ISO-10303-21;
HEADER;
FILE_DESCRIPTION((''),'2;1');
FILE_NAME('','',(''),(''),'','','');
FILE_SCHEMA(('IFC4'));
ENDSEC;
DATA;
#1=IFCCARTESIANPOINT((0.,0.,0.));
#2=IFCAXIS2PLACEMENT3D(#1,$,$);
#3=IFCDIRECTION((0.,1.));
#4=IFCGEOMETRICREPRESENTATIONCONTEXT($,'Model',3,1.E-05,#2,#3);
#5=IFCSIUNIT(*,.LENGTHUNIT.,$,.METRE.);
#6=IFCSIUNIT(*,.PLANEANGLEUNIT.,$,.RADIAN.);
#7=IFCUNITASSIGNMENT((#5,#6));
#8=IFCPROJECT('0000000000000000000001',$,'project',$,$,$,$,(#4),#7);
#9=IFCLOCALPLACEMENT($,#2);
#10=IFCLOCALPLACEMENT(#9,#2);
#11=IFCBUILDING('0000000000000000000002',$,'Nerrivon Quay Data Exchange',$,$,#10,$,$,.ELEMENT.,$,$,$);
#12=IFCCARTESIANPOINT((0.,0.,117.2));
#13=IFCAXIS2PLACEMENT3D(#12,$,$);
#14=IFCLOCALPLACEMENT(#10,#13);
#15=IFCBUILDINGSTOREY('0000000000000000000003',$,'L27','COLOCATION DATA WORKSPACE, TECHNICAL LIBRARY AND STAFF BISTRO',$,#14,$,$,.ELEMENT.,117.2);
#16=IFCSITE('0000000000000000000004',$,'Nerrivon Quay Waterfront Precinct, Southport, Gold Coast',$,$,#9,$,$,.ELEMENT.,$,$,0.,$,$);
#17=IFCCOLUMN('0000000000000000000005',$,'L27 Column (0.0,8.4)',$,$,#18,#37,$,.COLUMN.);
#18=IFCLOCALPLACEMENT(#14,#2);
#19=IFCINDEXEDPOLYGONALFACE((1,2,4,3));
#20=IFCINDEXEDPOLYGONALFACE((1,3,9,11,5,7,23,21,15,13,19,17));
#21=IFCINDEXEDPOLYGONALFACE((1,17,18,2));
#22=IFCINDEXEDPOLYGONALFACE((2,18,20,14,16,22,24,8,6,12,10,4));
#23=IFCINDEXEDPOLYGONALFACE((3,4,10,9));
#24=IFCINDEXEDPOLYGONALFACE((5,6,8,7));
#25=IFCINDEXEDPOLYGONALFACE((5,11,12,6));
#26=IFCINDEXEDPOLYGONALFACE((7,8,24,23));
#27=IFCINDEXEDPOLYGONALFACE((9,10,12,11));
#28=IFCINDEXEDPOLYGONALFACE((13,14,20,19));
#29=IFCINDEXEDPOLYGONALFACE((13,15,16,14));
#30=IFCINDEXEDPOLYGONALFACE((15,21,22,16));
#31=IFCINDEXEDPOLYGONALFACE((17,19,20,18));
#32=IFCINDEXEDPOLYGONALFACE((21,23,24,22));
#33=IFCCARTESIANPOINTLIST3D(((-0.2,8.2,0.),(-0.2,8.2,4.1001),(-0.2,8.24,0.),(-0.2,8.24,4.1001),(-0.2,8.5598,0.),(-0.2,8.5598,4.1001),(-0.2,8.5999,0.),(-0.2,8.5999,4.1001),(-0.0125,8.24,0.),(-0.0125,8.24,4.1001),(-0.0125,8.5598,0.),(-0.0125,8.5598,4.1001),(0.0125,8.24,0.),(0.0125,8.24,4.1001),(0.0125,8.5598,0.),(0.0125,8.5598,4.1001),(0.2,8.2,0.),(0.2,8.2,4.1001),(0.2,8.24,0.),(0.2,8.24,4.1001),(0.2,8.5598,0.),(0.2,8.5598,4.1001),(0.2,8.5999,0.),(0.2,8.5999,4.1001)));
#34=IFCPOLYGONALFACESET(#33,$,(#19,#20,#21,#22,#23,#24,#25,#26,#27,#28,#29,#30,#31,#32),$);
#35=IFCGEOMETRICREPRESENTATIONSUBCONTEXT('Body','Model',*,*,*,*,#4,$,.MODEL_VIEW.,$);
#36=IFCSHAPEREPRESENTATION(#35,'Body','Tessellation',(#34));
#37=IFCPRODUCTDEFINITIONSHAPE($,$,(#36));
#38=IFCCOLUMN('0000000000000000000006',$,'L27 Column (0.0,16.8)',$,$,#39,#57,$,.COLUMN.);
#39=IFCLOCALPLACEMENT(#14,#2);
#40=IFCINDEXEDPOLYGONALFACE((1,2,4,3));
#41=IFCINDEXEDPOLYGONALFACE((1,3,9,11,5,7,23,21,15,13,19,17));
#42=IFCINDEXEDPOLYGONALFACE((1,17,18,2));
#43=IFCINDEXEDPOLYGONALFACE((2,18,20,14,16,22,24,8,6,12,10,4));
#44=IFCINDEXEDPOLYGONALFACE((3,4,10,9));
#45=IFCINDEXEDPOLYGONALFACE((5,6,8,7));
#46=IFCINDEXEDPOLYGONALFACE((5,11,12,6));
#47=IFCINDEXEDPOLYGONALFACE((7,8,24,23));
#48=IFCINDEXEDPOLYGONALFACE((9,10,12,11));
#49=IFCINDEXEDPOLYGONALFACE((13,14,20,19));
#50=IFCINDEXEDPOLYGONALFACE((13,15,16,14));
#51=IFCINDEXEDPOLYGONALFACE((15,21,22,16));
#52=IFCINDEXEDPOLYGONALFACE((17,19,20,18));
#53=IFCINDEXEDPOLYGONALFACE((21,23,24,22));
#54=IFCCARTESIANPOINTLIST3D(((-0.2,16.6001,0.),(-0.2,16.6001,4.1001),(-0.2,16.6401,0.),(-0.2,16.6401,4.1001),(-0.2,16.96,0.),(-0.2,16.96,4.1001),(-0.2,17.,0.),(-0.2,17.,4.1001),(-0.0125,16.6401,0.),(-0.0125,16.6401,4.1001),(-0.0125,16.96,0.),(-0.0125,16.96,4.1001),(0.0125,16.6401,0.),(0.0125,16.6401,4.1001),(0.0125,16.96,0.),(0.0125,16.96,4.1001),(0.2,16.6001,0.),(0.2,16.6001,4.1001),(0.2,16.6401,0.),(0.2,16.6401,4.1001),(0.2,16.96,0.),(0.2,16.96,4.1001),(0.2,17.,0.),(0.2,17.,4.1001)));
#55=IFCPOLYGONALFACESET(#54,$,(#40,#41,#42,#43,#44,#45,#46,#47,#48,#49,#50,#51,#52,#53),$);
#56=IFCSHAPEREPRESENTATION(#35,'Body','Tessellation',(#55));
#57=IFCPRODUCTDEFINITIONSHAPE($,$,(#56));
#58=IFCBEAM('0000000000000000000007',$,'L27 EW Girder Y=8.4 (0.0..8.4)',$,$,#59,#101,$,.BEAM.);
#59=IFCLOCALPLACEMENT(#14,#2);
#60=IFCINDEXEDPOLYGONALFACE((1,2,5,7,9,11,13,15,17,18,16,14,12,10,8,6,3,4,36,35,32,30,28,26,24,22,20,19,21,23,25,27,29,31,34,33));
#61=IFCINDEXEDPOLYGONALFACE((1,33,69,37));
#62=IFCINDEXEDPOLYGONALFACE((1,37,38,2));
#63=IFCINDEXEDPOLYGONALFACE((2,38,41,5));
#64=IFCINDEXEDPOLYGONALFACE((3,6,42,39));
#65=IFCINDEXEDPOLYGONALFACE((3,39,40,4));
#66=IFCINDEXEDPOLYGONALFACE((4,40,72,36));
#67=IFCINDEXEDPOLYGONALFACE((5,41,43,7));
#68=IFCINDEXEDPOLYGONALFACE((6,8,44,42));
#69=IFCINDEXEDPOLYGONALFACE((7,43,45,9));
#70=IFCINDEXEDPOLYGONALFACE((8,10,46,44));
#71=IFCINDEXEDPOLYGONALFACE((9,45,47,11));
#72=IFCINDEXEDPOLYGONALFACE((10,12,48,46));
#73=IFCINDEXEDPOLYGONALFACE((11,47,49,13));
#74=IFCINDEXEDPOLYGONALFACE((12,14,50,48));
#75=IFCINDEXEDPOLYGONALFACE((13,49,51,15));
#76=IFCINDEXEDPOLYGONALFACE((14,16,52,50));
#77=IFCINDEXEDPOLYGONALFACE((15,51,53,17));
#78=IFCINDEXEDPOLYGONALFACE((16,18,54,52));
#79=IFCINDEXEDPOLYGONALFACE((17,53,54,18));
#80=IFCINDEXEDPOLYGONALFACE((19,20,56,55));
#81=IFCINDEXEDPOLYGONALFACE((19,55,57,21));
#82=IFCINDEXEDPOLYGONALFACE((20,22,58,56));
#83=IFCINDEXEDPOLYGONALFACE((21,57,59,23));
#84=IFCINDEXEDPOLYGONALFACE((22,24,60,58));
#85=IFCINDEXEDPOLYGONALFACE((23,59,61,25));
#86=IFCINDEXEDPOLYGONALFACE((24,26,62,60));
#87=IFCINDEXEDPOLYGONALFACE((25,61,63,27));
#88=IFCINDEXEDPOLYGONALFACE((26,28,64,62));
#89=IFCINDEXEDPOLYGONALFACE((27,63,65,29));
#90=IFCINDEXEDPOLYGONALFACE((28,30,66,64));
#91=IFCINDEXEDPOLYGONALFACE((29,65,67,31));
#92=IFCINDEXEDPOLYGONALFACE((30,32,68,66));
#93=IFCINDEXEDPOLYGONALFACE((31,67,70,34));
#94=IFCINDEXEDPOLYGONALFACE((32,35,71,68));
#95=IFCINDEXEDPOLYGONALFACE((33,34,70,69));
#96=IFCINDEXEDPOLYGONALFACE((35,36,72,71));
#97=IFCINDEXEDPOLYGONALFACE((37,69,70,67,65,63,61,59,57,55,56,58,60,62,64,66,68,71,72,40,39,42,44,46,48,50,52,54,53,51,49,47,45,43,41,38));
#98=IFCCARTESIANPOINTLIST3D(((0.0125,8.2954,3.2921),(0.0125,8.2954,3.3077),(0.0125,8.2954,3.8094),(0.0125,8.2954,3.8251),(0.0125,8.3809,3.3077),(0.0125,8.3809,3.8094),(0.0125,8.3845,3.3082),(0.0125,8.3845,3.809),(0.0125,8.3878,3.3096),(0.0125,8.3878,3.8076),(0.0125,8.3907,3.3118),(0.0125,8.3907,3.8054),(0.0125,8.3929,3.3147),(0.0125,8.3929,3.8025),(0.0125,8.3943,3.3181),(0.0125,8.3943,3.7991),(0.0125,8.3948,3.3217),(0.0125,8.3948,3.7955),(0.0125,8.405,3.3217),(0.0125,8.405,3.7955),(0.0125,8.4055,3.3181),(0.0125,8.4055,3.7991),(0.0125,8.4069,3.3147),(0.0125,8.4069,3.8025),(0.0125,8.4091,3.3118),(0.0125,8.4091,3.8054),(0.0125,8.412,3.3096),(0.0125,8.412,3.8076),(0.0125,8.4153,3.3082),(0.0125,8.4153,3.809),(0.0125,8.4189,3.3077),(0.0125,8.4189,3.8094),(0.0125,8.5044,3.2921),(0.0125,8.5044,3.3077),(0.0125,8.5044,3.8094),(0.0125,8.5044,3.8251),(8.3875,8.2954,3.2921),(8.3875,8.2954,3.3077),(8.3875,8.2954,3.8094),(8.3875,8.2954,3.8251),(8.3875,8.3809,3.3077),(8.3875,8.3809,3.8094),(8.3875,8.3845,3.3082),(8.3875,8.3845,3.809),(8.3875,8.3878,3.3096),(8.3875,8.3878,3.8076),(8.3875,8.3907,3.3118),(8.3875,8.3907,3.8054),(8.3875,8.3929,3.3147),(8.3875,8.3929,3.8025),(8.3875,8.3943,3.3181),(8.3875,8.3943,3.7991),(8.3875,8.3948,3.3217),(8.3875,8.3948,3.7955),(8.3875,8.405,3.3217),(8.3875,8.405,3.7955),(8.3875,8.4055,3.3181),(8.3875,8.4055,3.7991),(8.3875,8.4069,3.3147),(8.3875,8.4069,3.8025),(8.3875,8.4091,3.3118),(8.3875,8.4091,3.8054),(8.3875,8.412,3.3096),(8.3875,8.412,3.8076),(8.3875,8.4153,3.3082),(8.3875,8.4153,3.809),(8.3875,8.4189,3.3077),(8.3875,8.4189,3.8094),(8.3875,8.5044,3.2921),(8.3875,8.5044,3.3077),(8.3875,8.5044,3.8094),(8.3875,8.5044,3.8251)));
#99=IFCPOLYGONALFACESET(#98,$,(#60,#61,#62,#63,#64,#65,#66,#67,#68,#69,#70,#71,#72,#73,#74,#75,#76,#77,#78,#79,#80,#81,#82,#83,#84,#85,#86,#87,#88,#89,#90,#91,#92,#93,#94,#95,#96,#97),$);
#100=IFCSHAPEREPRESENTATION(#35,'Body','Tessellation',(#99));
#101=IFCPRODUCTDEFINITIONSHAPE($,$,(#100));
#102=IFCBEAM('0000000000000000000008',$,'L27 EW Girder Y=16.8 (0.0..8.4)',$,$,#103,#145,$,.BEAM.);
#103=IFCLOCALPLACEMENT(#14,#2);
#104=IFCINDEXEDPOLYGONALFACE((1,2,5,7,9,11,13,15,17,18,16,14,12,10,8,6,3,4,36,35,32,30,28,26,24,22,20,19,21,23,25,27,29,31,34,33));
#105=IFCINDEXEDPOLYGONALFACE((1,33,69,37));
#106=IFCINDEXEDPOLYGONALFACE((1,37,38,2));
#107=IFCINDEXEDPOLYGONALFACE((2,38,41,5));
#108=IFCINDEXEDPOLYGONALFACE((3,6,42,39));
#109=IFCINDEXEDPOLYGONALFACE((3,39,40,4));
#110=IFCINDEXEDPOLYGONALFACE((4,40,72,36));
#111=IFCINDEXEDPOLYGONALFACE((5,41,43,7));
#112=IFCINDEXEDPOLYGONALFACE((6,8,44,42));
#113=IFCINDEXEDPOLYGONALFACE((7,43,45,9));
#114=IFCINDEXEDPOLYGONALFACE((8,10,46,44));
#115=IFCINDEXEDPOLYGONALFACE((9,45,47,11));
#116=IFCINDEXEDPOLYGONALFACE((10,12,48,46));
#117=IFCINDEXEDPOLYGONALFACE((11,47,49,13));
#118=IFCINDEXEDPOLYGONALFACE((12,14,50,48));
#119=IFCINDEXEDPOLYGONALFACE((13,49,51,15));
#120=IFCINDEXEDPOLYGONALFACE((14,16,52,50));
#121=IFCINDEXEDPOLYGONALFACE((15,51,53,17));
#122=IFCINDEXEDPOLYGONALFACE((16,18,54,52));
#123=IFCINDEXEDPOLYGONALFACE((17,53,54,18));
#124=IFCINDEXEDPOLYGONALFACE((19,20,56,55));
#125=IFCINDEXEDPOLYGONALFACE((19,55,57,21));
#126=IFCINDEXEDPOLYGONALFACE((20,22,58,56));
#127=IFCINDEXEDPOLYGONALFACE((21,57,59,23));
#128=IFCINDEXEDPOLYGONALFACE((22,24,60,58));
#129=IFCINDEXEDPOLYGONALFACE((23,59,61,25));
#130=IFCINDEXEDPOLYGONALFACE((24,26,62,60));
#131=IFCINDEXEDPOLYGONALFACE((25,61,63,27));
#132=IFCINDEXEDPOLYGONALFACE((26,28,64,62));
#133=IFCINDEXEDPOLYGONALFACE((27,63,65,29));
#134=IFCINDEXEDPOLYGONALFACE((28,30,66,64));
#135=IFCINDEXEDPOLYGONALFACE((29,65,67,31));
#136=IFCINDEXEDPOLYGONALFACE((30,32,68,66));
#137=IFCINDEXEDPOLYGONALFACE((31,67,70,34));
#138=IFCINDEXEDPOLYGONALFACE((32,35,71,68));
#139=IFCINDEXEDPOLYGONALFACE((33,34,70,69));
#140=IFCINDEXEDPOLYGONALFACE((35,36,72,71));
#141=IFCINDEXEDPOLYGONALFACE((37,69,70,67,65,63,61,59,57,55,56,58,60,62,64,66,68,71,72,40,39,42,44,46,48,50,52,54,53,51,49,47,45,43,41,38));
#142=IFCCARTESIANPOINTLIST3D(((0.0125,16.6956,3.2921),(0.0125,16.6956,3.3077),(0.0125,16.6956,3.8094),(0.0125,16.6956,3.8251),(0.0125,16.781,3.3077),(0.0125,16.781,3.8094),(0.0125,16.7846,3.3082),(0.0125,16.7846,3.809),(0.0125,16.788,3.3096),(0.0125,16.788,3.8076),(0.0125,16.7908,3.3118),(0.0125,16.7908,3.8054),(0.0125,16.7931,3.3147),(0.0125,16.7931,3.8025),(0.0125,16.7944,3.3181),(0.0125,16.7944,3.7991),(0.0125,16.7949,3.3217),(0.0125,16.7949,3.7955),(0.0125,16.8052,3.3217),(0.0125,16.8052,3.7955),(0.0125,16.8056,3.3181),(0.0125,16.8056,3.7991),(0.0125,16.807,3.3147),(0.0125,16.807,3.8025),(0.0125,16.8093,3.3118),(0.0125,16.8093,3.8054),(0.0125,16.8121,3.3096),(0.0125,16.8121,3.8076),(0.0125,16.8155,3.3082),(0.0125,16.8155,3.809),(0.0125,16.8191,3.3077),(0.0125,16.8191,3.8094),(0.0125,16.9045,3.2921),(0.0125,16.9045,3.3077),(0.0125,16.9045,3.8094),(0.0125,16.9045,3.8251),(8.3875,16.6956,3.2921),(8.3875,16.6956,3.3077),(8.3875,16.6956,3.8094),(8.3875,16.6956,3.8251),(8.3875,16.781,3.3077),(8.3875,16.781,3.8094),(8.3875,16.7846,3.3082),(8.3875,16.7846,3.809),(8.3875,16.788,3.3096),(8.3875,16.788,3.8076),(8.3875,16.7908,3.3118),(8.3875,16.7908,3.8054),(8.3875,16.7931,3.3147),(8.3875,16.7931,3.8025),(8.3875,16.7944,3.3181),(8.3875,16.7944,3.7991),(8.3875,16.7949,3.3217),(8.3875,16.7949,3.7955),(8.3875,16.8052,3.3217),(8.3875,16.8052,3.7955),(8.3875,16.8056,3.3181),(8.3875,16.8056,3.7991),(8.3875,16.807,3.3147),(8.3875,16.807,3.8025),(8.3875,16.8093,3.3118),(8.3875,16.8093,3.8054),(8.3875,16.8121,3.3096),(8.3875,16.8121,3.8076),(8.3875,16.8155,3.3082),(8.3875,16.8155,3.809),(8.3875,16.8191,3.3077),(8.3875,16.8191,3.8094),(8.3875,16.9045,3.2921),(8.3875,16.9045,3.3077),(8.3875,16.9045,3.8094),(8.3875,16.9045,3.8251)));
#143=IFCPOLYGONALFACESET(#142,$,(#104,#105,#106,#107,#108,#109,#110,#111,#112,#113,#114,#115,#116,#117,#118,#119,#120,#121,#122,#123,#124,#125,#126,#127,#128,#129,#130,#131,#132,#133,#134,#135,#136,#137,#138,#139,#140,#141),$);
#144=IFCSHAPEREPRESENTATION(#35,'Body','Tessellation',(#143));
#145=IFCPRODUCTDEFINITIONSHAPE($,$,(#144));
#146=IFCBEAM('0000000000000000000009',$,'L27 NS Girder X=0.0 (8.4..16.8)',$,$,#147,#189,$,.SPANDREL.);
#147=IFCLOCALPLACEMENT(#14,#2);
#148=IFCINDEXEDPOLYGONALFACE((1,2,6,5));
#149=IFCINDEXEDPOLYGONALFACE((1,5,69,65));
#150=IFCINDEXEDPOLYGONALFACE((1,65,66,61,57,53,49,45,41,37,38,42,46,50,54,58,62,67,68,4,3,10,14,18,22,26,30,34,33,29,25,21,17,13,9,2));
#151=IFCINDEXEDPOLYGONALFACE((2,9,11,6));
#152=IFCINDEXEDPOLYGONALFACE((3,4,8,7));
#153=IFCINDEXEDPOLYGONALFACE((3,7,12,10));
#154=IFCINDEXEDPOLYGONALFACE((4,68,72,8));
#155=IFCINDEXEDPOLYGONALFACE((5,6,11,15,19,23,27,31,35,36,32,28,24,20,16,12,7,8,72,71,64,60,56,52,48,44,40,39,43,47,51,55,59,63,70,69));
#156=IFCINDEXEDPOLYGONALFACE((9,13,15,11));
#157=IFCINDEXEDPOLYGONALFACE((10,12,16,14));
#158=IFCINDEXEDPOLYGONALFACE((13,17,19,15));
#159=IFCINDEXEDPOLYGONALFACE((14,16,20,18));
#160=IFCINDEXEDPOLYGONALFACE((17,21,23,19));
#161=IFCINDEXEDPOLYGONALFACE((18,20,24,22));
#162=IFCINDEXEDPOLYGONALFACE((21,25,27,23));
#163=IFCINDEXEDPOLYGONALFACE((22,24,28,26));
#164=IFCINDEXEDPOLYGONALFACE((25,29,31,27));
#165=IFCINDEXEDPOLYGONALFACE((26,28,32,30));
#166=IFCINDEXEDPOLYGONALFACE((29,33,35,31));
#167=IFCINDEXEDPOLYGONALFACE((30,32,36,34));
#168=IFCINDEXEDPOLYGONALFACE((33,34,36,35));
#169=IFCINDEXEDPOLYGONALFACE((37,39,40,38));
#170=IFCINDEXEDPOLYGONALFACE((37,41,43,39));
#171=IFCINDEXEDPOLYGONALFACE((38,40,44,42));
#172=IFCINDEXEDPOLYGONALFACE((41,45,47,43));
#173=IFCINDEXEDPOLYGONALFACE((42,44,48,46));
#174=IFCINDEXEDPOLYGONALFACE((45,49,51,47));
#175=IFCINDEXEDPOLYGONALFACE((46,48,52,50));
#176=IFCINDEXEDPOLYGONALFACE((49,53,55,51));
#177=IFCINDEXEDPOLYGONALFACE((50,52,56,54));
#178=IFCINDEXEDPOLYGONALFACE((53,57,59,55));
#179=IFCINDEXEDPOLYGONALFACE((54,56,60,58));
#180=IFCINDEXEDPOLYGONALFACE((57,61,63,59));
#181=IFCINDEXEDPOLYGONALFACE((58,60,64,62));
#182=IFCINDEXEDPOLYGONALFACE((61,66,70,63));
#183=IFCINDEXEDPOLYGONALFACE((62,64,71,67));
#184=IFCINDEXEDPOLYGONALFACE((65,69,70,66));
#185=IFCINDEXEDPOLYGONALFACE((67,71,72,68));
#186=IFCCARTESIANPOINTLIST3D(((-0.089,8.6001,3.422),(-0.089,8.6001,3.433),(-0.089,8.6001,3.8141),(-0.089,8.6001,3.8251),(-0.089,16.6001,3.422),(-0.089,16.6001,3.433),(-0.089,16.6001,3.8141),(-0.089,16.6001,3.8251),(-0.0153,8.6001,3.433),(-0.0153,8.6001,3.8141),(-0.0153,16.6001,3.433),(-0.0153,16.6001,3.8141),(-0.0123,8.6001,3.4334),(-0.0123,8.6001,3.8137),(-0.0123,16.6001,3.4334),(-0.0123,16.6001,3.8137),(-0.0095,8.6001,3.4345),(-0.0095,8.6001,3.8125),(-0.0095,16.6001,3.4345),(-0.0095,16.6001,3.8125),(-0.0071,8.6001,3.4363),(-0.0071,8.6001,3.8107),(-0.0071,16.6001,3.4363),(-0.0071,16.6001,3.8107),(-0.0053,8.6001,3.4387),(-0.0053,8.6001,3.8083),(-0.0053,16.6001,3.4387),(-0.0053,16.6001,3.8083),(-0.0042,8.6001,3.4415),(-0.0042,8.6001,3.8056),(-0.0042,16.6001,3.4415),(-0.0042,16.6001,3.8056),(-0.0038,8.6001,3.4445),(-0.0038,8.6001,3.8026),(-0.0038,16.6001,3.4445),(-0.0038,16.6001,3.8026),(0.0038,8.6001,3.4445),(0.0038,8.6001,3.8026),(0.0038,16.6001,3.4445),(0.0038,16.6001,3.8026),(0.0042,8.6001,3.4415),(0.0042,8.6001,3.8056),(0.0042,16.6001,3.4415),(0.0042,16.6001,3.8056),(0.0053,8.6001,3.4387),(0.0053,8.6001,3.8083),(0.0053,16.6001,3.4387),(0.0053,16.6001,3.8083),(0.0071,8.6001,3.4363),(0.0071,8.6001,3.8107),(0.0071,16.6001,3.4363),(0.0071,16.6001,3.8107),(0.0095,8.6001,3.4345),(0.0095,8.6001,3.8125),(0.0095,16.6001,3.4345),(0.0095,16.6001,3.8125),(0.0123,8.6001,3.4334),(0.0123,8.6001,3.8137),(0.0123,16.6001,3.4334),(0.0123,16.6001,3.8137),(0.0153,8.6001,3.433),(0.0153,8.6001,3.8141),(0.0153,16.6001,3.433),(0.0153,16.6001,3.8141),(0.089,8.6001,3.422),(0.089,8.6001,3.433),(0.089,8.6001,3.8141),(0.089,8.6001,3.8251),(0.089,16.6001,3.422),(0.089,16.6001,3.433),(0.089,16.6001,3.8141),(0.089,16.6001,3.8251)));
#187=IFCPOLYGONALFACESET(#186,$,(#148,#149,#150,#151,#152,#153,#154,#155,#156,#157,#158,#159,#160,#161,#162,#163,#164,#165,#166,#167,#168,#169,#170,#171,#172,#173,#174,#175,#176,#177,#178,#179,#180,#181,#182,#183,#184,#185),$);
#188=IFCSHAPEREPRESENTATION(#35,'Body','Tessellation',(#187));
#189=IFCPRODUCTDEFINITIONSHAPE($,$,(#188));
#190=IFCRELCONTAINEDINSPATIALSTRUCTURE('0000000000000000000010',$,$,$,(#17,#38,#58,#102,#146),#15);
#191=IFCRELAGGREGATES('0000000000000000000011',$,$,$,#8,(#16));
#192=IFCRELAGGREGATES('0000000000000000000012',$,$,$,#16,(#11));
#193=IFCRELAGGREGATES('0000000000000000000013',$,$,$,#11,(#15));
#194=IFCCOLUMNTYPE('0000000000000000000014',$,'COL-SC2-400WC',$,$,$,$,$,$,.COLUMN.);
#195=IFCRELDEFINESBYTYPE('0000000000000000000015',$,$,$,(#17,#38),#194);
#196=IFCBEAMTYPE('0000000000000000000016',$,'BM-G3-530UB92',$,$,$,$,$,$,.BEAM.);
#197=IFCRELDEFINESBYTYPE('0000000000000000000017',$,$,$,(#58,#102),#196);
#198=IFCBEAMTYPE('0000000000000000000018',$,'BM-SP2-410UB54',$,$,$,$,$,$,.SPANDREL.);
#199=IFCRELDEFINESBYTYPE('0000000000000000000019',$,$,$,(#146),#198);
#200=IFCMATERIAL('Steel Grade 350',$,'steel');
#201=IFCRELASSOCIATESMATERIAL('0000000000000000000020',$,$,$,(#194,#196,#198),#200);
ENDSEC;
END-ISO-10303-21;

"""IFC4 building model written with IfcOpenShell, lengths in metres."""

from ifc_helpers import new_model, si_unit, direction, frame, origin, origin_2d, place, context, subcontext, project, spatial, i_section, extrude, material, material_profile, profile_set, type_object, element, save


model = new_model("IFC4")

# Units and contexts
model_context = context("Model", 3, precision=1e-05, world=origin(), true_north=direction((0.0, 1.0)))
body_context = subcontext(model_context, "Body", "Model", "MODEL_VIEW")
ifc_project = project(units=[si_unit("LENGTHUNIT", "METRE"), si_unit("PLANEANGLEUNIT", "RADIAN")], contexts=[model_context])

# Site, building, storey
site_placement = place(None, origin())
site = spatial("IfcSite", under=ifc_project, at=site_placement, Name="Nerrivon Quay Waterfront Precinct, Southport, Gold Coast", CompositionType="ELEMENT", RefElevation=0.0)
building_placement = place(site_placement, origin())
building = spatial("IfcBuilding", under=site, at=building_placement, Name="Nerrivon Quay Data Exchange", CompositionType="ELEMENT")
storey_placement = place(building_placement, frame((0.0, 0.0, 117.2)))
storey = spatial("IfcBuildingStorey", under=building, at=storey_placement, Name="L27", Description="COLOCATION DATA WORKSPACE, TECHNICAL LIBRARY AND STAFF BISTRO", CompositionType="ELEMENT", Elevation=117.2)

# Columns
ifc_material_1 = material(Name="Steel Grade 350", Category="steel")
ifc_material_profile_1 = material_profile(ifc_material_1, i_section(OverallWidth=0.3999, OverallDepth=0.3999, WebThickness=0.0249, FlangeThickness=0.04, at=origin_2d()), Name="400WC328")
ifc_profile_set_1 = profile_set([ifc_material_profile_1], Name="Steel Grade 350")
column_type = type_object("IfcColumnType", Name="COL-SC2-400WC", PredefinedType="COLUMN", material=ifc_profile_set_1)
for number, where, z_axis, x_axis, name in (
    (1, (0.0, 8.3999, 0.0), (0.0, 0.0, 1.0), (1.0, 0.0, 0.0), "L27 Column (0.0,8.4)"),
    (2, (0.0, 16.8, 0.0), (0.0, 0.0, 1.0), (1.0, 0.0, 0.0), "L27 Column (0.0,16.8)"),
):
    element("IfcColumn", number, at=place(storey_placement, frame(where, z_axis=z_axis, x_axis=x_axis)), inside=storey, type_object=column_type, Name=name, PredefinedType="COLUMN", context=body_context, shape_type="SweptSolid", body=[
        extrude(i_section(OverallWidth=0.3999, OverallDepth=0.3999, WebThickness=0.0249, FlangeThickness=0.04, at=origin_2d()), origin(), (0.0, 0.0, 1.0), 4.1001),
    ])

# Beams
ifc_material_profile_2 = material_profile(ifc_material_1, i_section(OverallWidth=0.209, OverallDepth=0.533, WebThickness=0.0103, FlangeThickness=0.0156, FilletRadius=0.0139, at=origin_2d()), Name="530UB92.4")
ifc_profile_set_2 = profile_set([ifc_material_profile_2], Name="Steel Grade 350")
beam_type_1 = type_object("IfcBeamType", Name="BM-G3-530UB92", PredefinedType="BEAM", material=ifc_profile_set_2)
for number, where, z_axis, x_axis, name in (
    (3, (0.0125, 8.3999, 3.5586), (1.0, 0.0, 0.0), (0.0, 1.0, 0.0), "L27 EW Girder Y=8.4 (0.0..8.4)"),
    (4, (0.0125, 16.8, 3.5586), (1.0, 0.0, 0.0), (0.0, 1.0, 0.0), "L27 EW Girder Y=16.8 (0.0..8.4)"),
):
    element("IfcBeam", number, at=place(storey_placement, frame(where, z_axis=z_axis, x_axis=x_axis)), inside=storey, type_object=beam_type_1, Name=name, PredefinedType="BEAM", context=body_context, shape_type="SweptSolid", body=[
        extrude(i_section(OverallWidth=0.209, OverallDepth=0.533, WebThickness=0.0103, FlangeThickness=0.0156, FilletRadius=0.0139, at=origin_2d()), origin(), (0.0, 0.0, 1.0), 8.375),
    ])
ifc_material_profile_3 = material_profile(ifc_material_1, i_section(OverallWidth=0.178, OverallDepth=0.4031, WebThickness=0.0076, FlangeThickness=0.011, FilletRadius=0.0115, at=origin_2d()), Name="410UB53.7")
ifc_profile_set_3 = profile_set([ifc_material_profile_3], Name="Steel Grade 350")
beam_type_2 = type_object("IfcBeamType", Name="BM-SP2-410UB54", PredefinedType="SPANDREL", material=ifc_profile_set_3)
beam_placement = place(storey_placement, frame((0.0, 8.6001, 3.6235), z_axis=(0.0, 1.0, 0.0), x_axis=(-1.0, 0.0, 0.0)))
element("IfcBeam", 5, at=beam_placement, inside=storey, type_object=beam_type_2, Name="L27 NS Girder X=0.0 (8.4..16.8)", PredefinedType="SPANDREL", context=body_context, shape_type="SweptSolid", body=[
    extrude(i_section(OverallWidth=0.178, OverallDepth=0.4031, WebThickness=0.0076, FlangeThickness=0.011, FilletRadius=0.0115, at=origin_2d()), origin(), (0.0, 0.0, 1.0), 8.0),
])

save(model, "model.ifc")
